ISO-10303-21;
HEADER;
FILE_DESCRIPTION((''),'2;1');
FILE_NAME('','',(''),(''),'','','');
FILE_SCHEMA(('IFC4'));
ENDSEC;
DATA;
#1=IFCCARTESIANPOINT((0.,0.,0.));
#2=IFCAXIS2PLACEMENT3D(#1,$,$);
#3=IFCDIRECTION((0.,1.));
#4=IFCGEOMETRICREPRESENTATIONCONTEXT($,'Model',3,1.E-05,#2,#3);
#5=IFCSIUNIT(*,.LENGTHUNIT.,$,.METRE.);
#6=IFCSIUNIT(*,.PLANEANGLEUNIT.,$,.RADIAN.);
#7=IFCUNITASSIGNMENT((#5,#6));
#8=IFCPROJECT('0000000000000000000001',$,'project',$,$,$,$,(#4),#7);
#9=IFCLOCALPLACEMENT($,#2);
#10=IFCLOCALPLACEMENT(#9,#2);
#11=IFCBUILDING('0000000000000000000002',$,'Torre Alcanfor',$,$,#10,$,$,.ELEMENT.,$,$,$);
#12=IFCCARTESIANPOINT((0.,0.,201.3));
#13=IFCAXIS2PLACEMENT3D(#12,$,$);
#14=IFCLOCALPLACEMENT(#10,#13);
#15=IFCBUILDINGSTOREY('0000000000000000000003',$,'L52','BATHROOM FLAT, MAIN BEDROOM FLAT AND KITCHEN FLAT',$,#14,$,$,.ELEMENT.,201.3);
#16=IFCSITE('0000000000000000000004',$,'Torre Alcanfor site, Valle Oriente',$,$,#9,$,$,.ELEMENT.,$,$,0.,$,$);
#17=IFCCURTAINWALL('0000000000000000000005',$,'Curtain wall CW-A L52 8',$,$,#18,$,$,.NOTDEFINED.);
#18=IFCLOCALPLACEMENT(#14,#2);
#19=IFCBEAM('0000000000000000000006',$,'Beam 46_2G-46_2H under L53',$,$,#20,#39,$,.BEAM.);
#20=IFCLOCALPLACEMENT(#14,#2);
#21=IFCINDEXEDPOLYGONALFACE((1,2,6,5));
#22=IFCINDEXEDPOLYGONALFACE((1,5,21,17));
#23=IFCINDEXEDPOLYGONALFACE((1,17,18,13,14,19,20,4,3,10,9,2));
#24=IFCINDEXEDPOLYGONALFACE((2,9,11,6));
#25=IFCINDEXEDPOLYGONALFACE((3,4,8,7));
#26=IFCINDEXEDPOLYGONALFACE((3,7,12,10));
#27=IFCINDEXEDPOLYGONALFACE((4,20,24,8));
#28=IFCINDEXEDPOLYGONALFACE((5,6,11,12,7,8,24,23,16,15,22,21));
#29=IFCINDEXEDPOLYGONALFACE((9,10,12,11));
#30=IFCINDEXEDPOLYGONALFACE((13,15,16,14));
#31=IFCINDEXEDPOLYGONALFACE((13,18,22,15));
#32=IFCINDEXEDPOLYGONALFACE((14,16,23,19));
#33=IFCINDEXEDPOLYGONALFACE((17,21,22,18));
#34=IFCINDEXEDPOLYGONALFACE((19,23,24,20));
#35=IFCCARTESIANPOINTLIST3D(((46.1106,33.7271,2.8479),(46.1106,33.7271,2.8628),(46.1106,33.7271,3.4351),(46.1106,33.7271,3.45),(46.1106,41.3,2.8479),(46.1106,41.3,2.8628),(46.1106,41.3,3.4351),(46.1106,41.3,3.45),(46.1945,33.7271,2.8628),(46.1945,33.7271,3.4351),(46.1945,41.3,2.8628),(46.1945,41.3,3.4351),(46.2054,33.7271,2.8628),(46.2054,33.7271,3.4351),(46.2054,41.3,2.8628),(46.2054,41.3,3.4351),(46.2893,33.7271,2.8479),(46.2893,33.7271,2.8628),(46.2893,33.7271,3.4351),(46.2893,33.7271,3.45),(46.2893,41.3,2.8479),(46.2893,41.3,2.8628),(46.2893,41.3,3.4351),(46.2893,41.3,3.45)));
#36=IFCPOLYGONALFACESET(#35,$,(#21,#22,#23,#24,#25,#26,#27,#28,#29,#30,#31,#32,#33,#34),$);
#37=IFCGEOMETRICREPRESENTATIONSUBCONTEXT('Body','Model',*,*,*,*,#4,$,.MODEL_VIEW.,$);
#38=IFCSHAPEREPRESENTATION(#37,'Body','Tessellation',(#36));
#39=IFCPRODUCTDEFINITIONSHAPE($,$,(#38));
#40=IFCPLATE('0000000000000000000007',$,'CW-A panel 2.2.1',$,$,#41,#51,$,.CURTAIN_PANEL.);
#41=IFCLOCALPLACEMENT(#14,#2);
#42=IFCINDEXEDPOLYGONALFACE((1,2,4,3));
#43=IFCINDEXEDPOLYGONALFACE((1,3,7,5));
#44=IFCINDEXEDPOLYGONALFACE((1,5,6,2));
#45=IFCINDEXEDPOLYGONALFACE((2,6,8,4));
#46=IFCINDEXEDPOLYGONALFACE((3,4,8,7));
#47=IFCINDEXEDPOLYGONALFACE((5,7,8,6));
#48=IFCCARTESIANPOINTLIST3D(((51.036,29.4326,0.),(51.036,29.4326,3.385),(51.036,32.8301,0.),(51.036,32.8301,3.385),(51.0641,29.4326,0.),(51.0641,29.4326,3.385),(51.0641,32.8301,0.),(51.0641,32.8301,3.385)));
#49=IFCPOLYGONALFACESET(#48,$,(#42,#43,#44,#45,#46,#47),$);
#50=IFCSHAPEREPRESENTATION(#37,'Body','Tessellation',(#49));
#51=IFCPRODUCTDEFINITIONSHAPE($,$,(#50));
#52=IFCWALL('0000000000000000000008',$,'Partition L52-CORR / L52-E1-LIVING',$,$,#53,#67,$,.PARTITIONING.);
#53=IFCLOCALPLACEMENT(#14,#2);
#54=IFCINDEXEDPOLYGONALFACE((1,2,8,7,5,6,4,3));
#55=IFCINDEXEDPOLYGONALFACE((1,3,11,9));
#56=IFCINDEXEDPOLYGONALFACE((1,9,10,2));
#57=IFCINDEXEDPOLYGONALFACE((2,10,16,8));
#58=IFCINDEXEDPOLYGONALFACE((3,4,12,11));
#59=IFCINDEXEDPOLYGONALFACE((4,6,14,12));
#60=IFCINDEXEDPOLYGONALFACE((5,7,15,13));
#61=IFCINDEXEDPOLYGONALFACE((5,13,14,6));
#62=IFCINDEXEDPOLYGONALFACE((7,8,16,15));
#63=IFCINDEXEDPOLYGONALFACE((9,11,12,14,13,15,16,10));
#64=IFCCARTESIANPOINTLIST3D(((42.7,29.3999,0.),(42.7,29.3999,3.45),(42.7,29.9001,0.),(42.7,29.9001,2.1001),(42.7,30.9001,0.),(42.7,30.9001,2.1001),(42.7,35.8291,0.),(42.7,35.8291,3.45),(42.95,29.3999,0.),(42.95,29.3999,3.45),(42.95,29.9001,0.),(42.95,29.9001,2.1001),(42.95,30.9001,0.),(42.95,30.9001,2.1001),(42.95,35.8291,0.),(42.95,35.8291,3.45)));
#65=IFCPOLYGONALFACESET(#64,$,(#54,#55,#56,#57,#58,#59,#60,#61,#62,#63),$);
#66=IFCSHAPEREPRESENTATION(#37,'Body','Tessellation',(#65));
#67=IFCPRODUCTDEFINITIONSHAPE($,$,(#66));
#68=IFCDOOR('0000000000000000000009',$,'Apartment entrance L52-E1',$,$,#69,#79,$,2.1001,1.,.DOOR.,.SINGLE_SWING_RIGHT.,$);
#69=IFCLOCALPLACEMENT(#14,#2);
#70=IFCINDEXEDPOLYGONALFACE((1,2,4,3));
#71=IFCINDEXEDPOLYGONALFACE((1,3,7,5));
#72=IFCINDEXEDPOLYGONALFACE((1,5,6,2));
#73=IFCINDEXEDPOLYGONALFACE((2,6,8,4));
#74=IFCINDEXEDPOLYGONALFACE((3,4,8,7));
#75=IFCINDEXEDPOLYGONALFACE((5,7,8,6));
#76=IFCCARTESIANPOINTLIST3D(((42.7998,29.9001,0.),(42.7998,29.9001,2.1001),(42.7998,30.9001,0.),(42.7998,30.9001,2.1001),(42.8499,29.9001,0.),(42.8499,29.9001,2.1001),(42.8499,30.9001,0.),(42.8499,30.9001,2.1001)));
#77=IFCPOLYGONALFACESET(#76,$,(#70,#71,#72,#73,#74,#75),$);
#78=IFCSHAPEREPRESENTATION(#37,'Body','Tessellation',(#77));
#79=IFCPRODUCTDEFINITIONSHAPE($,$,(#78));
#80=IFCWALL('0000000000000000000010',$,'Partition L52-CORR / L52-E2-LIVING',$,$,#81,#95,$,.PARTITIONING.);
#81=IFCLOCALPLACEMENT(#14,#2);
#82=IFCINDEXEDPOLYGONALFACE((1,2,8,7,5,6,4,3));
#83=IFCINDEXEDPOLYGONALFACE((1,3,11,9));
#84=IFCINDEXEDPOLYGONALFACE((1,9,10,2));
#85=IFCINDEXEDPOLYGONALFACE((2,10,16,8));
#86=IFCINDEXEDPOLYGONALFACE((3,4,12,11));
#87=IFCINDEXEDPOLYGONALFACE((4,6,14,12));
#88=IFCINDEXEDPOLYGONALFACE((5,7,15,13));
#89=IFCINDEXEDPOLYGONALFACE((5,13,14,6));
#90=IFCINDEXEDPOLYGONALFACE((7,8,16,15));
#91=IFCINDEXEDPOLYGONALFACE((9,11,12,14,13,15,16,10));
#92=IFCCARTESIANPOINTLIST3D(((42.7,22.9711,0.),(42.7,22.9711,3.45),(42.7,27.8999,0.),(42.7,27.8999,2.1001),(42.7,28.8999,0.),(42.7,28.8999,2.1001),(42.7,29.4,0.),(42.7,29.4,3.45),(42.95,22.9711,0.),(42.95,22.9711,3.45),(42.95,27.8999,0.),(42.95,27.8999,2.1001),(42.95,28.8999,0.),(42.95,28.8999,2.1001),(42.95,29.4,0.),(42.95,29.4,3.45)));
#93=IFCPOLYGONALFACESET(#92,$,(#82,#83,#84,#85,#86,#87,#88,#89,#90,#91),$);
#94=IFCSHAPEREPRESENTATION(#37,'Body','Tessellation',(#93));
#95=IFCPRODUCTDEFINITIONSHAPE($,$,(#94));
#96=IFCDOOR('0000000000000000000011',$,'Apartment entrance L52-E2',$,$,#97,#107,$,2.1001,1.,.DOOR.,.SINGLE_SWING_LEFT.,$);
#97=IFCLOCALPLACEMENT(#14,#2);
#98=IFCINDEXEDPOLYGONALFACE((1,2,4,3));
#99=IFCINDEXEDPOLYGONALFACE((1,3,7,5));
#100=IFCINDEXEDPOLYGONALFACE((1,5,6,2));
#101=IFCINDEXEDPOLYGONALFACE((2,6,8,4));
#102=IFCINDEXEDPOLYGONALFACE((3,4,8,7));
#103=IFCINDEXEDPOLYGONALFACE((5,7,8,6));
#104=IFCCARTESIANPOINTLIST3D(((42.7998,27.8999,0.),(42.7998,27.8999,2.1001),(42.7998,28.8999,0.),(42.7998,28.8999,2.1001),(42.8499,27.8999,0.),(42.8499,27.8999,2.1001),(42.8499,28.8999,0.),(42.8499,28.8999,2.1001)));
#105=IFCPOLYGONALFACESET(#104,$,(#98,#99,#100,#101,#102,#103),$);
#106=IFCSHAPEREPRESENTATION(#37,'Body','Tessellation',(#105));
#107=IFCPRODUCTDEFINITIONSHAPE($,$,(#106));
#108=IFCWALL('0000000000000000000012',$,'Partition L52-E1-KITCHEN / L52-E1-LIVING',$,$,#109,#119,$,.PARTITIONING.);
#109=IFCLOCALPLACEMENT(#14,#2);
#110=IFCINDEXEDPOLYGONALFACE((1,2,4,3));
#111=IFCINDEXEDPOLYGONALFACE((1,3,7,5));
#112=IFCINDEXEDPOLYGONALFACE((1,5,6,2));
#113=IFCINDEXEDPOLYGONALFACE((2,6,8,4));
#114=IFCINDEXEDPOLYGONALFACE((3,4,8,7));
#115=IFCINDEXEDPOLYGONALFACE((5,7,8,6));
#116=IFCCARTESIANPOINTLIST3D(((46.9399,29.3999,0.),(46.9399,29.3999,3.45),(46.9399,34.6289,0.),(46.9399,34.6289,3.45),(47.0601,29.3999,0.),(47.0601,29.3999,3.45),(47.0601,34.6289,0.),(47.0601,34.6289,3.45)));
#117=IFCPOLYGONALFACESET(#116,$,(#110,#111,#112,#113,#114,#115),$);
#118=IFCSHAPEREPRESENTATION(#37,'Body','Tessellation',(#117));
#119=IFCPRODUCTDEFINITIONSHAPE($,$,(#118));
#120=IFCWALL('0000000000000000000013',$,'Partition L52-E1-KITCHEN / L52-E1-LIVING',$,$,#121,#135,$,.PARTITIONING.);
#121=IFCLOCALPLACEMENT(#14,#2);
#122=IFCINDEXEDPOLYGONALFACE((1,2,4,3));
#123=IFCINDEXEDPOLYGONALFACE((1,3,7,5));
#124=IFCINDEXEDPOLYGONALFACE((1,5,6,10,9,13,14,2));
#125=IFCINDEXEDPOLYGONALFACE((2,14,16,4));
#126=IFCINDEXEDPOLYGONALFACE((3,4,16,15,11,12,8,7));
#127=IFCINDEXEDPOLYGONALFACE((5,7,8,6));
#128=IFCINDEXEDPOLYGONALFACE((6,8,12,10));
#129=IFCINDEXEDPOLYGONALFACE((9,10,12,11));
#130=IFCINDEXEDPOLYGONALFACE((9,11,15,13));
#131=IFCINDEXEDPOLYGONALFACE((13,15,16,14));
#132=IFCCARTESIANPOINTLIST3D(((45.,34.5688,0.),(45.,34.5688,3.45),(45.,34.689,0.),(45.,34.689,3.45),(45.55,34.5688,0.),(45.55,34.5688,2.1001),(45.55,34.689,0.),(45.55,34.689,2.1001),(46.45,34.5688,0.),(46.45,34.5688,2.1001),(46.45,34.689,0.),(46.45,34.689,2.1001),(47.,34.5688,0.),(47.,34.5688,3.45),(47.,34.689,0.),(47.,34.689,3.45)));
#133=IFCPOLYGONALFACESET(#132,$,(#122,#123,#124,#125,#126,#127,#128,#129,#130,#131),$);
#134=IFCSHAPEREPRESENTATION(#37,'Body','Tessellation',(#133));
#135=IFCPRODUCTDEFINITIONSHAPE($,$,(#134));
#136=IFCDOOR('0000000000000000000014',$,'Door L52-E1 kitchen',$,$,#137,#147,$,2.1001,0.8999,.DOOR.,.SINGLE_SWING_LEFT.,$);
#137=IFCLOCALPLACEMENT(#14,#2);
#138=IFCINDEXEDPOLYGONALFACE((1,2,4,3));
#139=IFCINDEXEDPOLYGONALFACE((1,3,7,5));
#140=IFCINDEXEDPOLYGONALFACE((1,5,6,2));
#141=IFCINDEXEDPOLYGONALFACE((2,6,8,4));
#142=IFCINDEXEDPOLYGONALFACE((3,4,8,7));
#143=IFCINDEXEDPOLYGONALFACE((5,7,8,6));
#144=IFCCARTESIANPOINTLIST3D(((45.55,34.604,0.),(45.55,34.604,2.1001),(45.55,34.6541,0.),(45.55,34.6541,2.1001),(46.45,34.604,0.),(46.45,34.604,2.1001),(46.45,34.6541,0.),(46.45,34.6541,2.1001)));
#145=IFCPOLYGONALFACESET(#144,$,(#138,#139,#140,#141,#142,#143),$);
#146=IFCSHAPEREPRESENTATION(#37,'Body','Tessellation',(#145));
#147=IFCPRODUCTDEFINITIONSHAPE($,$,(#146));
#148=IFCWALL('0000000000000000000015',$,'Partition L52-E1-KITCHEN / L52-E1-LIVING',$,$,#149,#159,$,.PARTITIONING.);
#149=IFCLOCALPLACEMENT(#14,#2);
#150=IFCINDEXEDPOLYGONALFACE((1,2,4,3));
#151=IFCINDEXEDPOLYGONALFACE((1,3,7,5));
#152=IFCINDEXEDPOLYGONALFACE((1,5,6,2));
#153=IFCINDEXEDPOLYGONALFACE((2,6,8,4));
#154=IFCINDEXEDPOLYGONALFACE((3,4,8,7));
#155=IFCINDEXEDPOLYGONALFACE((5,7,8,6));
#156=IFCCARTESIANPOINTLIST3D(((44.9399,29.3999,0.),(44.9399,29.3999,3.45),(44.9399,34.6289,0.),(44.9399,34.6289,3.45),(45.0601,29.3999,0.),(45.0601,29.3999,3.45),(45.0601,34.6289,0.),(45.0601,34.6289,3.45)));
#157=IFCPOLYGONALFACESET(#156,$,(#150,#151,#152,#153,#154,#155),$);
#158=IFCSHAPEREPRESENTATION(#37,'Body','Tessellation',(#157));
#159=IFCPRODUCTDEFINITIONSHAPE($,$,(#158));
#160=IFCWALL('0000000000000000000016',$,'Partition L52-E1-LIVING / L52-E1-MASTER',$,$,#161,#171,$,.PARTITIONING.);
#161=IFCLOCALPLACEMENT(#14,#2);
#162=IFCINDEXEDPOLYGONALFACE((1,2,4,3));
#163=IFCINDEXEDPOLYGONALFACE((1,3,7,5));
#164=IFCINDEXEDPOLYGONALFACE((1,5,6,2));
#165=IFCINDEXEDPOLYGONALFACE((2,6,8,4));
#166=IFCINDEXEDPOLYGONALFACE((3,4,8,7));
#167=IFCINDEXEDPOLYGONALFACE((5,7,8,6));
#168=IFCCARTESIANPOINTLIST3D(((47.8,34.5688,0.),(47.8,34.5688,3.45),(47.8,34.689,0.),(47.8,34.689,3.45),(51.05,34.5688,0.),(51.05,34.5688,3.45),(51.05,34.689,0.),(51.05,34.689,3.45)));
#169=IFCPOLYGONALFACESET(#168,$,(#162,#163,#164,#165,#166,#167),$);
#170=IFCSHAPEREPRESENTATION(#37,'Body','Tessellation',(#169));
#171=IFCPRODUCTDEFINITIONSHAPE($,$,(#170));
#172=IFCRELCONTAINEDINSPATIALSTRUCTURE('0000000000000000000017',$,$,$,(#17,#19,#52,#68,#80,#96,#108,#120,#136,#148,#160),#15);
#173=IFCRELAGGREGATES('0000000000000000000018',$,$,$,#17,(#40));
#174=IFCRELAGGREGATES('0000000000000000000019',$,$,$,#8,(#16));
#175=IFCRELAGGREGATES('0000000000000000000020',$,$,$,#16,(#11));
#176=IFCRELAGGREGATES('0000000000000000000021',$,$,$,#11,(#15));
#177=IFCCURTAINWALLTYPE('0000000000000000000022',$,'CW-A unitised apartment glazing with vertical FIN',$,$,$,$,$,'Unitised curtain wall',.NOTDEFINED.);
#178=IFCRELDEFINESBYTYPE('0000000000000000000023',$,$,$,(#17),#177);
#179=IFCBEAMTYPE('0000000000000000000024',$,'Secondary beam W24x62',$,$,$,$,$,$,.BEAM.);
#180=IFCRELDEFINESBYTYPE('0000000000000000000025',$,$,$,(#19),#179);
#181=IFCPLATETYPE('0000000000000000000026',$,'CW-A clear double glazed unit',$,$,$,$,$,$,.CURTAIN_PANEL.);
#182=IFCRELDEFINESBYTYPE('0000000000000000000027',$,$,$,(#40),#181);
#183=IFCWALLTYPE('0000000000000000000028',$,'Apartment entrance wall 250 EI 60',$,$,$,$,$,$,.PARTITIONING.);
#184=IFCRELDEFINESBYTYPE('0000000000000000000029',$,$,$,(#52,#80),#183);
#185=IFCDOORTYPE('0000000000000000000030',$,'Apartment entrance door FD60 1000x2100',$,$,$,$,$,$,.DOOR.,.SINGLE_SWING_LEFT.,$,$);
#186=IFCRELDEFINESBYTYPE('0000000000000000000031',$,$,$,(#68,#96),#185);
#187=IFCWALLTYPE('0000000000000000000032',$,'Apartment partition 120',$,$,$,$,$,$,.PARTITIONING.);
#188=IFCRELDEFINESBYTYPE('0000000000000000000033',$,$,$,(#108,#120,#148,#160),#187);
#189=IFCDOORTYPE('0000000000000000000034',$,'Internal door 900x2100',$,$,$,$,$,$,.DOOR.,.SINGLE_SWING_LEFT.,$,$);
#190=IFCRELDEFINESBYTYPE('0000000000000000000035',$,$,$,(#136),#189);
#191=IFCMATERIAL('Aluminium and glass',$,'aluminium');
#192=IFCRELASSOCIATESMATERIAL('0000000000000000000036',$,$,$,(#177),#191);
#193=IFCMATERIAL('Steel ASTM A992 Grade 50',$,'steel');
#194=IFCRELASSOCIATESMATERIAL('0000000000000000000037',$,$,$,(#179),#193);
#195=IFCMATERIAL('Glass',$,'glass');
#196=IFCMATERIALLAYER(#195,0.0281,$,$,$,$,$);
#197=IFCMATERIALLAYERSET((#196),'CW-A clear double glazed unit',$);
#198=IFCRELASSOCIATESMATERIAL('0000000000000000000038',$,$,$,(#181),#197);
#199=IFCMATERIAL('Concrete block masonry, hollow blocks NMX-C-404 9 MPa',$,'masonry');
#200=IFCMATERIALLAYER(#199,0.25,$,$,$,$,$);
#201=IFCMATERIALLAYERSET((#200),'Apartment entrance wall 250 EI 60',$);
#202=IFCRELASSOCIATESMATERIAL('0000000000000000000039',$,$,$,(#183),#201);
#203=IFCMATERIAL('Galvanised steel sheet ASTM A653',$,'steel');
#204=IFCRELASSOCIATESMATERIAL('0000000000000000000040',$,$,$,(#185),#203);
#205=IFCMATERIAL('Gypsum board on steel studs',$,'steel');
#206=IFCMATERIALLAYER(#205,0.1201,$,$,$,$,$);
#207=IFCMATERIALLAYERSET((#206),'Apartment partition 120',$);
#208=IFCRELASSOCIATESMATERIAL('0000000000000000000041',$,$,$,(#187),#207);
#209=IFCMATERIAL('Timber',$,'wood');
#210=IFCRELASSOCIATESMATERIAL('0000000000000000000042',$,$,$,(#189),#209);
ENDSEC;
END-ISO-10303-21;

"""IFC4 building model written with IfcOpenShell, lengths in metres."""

from ifc_helpers import new_model, si_unit, direction, frame, frame_2d, origin, origin_2d, place, context, subcontext, project, spatial, rectangle, i_section, extrude, material, layer, layer_set, material_profile, profile_set, type_object, element, fill, aggregate, save


model = new_model("IFC4")

# Units and contexts
model_context = context("Model", 3, precision=1e-05, world=origin(), true_north=direction((0.0, 1.0)))
body_context = subcontext(model_context, "Body", "Model", "MODEL_VIEW")
ifc_project = project(units=[si_unit("LENGTHUNIT", "METRE"), si_unit("PLANEANGLEUNIT", "RADIAN")], contexts=[model_context])

# Site, building, storey
site_placement = place(None, origin())
site = spatial("IfcSite", under=ifc_project, at=site_placement, Name="Torre Alcanfor site, Valle Oriente", CompositionType="ELEMENT", RefElevation=0.0)
building_placement = place(site_placement, origin())
building = spatial("IfcBuilding", under=site, at=building_placement, Name="Torre Alcanfor", CompositionType="ELEMENT")
storey_placement = place(building_placement, frame((0.0, 0.0, 201.3)))
storey = spatial("IfcBuildingStorey", under=building, at=storey_placement, Name="L52", Description="BATHROOM FLAT, MAIN BEDROOM FLAT AND KITCHEN FLAT", CompositionType="ELEMENT", Elevation=201.3)

# Curtain wall
ifc_material_1 = material(Name="Aluminium and glass", Category="aluminium")
curtain_wall_type = type_object("IfcCurtainWallType", Name="CW-A unitised apartment glazing with vertical FIN", ElementType="Unitised curtain wall", PredefinedType="NOTDEFINED", material=ifc_material_1)
curtain_wall_placement = place(storey_placement, origin())
curtain_wall = element("IfcCurtainWall", 1, at=curtain_wall_placement, inside=storey, type_object=curtain_wall_type, Name="Curtain wall CW-A L52 8", PredefinedType="NOTDEFINED")

# Beam
ifc_material_2 = material(Name="Steel ASTM A992 Grade 50", Category="steel")
ifc_material_profile_1 = material_profile(ifc_material_2, i_section(OverallWidth=0.1787, OverallDepth=0.6021, WebThickness=0.011, FlangeThickness=0.0149, at=origin_2d()), Name="W24x62")
ifc_profile_set_1 = profile_set([ifc_material_profile_1], Name="Steel ASTM A992 Grade 50")
beam_type_1 = type_object("IfcBeamType", Name="Secondary beam W24x62", PredefinedType="BEAM", material=ifc_profile_set_1)
beam_1_placement = place(storey_placement, frame((46.2, 33.7271, 3.1489), z_axis=(0.0, 1.0, 0.0), x_axis=(-1.0, 0.0, 0.0)))
element("IfcBeam", 2, at=beam_1_placement, inside=storey, type_object=beam_type_1, Name="Beam 46_2G-46_2H under L53", PredefinedType="BEAM", context=body_context, shape_type="SweptSolid", body=[
    extrude(i_section(OverallWidth=0.1787, OverallDepth=0.6021, WebThickness=0.011, FlangeThickness=0.0149, at=origin_2d()), origin(), (0.0, 0.0, 1.0), 7.573),
])

# Plate
ifc_material_3 = material(Name="Glass", Category="glass")
ifc_layer_1 = layer(ifc_material_3, 0.0281)
ifc_layer_set_1 = layer_set([ifc_layer_1], Name="CW-A clear double glazed unit")
plate_type = type_object("IfcPlateType", Name="CW-A clear double glazed unit", PredefinedType="CURTAIN_PANEL", material=ifc_layer_set_1)
plate_placement = place(storey_placement, frame((51.05, 31.1313, 0.0), z_axis=(0.0, 0.0, 1.0), x_axis=(0.0, 1.0, 0.0)))
plate = element("IfcPlate", 3, at=plate_placement, type_object=plate_type, Name="CW-A panel 2.2.1", PredefinedType="CURTAIN_PANEL", context=body_context, shape_type="SweptSolid", body=[
    extrude(rectangle(XDim=3.3975, YDim=0.0281, at=origin_2d()), origin(), (0.0, 0.0, 1.0), 3.385),
])
aggregate(curtain_wall, [plate])

# Walls, openings, doors
ifc_material_4 = material(Name="Concrete block masonry, hollow blocks NMX-C-404 9 MPa", Category="masonry")
ifc_layer_2 = layer(ifc_material_4, 0.25)
ifc_layer_set_2 = layer_set([ifc_layer_2], Name="Apartment entrance wall 250 EI 60")
wall_type_1 = type_object("IfcWallType", Name="Apartment entrance wall 250 EI 60", PredefinedType="PARTITIONING", material=ifc_layer_set_2)
wall_1_placement = place(storey_placement, frame((42.825, 35.8291, 0.0), z_axis=(0.0, 0.0, 1.0), x_axis=(0.0, -1.0, 0.0)))
wall_1 = element("IfcWall", 4, at=wall_1_placement, inside=storey, type_object=wall_type_1, Name="Partition L52-CORR / L52-E1-LIVING", PredefinedType="PARTITIONING", context=body_context, shape_type="SweptSolid", body=[
    extrude(rectangle(XDim=6.4292, YDim=0.25, at=frame_2d((3.2146, 0.0))), origin(), (0.0, 0.0, 1.0), 3.45),
])
opening_1_placement = place(wall_1_placement, frame((4.929, 0.0, 0.0)))
opening_1 = element("IfcOpeningElement", 5, at=opening_1_placement, cuts=wall_1, PredefinedType="OPENING", context=body_context, shape_type="SweptSolid", body=[
    extrude(rectangle(XDim=1.0, YDim=2.1001, at=frame_2d((0.5, 1.05))), frame((0.0, 0.135, 0.0), z_axis=(0.0, -1.0, 0.0), x_axis=(1.0, 0.0, 0.0)), (0.0, 0.0, 1.0), 0.27),
])
ifc_material_5 = material(Name="Galvanised steel sheet ASTM A653", Category="steel")
door_type_1 = type_object("IfcDoorType", Name="Apartment entrance door FD60 1000x2100", OperationType="SINGLE_SWING_LEFT", PredefinedType="DOOR", material=ifc_material_5)
door_1_placement = place(opening_1_placement, origin())
door_1 = element("IfcDoor", 6, at=door_1_placement, inside=storey, type_object=door_type_1, Name="Apartment entrance L52-E1", OperationType="SINGLE_SWING_RIGHT", OverallHeight=2.1001, OverallWidth=1.0, PredefinedType="DOOR", context=body_context, shape_type="SweptSolid", body=[
    extrude(rectangle(XDim=1.0, YDim=2.1001, at=frame_2d((0.5, 1.05))), frame((0.0, 0.0249, 0.0), z_axis=(0.0, -1.0, 0.0), x_axis=(1.0, 0.0, 0.0)), (0.0, 0.0, 1.0), 0.05),
])
fill(opening_1, door_1)
wall_2_placement = place(storey_placement, frame((42.825, 29.3999, 0.0), z_axis=(0.0, 0.0, 1.0), x_axis=(0.0, -1.0, 0.0)))
wall_2 = element("IfcWall", 7, at=wall_2_placement, inside=storey, type_object=wall_type_1, Name="Partition L52-CORR / L52-E2-LIVING", PredefinedType="PARTITIONING", context=body_context, shape_type="SweptSolid", body=[
    extrude(rectangle(XDim=6.429, YDim=0.25, at=frame_2d((3.2144, 0.0))), origin(), (0.0, 0.0, 1.0), 3.45),
])
opening_2_placement = place(wall_2_placement, frame((0.5, 0.0, 0.0)))
opening_2 = element("IfcOpeningElement", 8, at=opening_2_placement, cuts=wall_2, PredefinedType="OPENING", context=body_context, shape_type="SweptSolid", body=[
    extrude(rectangle(XDim=1.0, YDim=2.1001, at=frame_2d((0.5, 1.05))), frame((0.0, 0.135, 0.0), z_axis=(0.0, -1.0, 0.0), x_axis=(1.0, 0.0, 0.0)), (0.0, 0.0, 1.0), 0.27),
])
door_2_placement = place(opening_2_placement, origin())
door_2 = element("IfcDoor", 9, at=door_2_placement, inside=storey, type_object=door_type_1, Name="Apartment entrance L52-E2", OperationType="SINGLE_SWING_LEFT", OverallHeight=2.1001, OverallWidth=1.0, PredefinedType="DOOR", context=body_context, shape_type="SweptSolid", body=[
    extrude(rectangle(XDim=1.0, YDim=2.1001, at=frame_2d((0.5, 1.05))), frame((0.0, 0.0249, 0.0), z_axis=(0.0, -1.0, 0.0), x_axis=(1.0, 0.0, 0.0)), (0.0, 0.0, 1.0), 0.05),
])
fill(opening_2, door_2)

# Wall
ifc_material_6 = material(Name="Gypsum board on steel studs", Category="steel")
ifc_layer_3 = layer(ifc_material_6, 0.1201)
ifc_layer_set_3 = layer_set([ifc_layer_3], Name="Apartment partition 120")
wall_type_2 = type_object("IfcWallType", Name="Apartment partition 120", PredefinedType="PARTITIONING", material=ifc_layer_set_3)
wall_3_placement = place(storey_placement, frame((47.0, 29.3999, 0.0), z_axis=(0.0, 0.0, 1.0), x_axis=(0.0, 1.0, 0.0)))
element("IfcWall", 10, at=wall_3_placement, inside=storey, type_object=wall_type_2, Name="Partition L52-E1-KITCHEN / L52-E1-LIVING", PredefinedType="PARTITIONING", context=body_context, shape_type="SweptSolid", body=[
    extrude(rectangle(XDim=5.229, YDim=0.1201, at=frame_2d((2.6145, 0.0))), origin(), (0.0, 0.0, 1.0), 3.45),
])

# Wall, opening, door
wall_4_placement = place(storey_placement, frame((47.0, 34.6289, 0.0), z_axis=(0.0, 0.0, 1.0), x_axis=(-1.0, 0.0, 0.0)))
wall_4 = element("IfcWall", 11, at=wall_4_placement, inside=storey, type_object=wall_type_2, Name="Partition L52-E1-KITCHEN / L52-E1-LIVING", PredefinedType="PARTITIONING", context=body_context, shape_type="SweptSolid", body=[
    extrude(rectangle(XDim=2.0, YDim=0.1201, at=frame_2d((1.0, 0.0))), origin(), (0.0, 0.0, 1.0), 3.45),
])
opening_3_placement = place(wall_4_placement, frame((0.55, 0.0, 0.0)))
opening_3 = element("IfcOpeningElement", 12, at=opening_3_placement, cuts=wall_4, PredefinedType="OPENING", context=body_context, shape_type="SweptSolid", body=[
    extrude(rectangle(XDim=0.8999, YDim=2.1001, at=frame_2d((0.45, 1.05))), frame((0.0, 0.0701, 0.0), z_axis=(0.0, -1.0, 0.0), x_axis=(1.0, 0.0, 0.0)), (0.0, 0.0, 1.0), 0.1401),
])
ifc_material_7 = material(Name="Timber", Category="wood")
door_type_2 = type_object("IfcDoorType", Name="Internal door 900x2100", OperationType="SINGLE_SWING_LEFT", PredefinedType="DOOR", material=ifc_material_7)
door_3_placement = place(opening_3_placement, origin())
door_3 = element("IfcDoor", 13, at=door_3_placement, inside=storey, type_object=door_type_2, Name="Door L52-E1 kitchen", OperationType="SINGLE_SWING_LEFT", OverallHeight=2.1001, OverallWidth=0.8999, PredefinedType="DOOR", context=body_context, shape_type="SweptSolid", body=[
    extrude(rectangle(XDim=0.8999, YDim=2.1001, at=frame_2d((0.45, 1.05))), frame((0.0, 0.0249, 0.0), z_axis=(0.0, -1.0, 0.0), x_axis=(1.0, 0.0, 0.0)), (0.0, 0.0, 1.0), 0.05),
])
fill(opening_3, door_3)

# Walls
wall_5_placement = place(storey_placement, frame((45.0, 34.6289, 0.0), z_axis=(0.0, 0.0, 1.0), x_axis=(0.0, -1.0, 0.0)))
element("IfcWall", 14, at=wall_5_placement, inside=storey, type_object=wall_type_2, Name="Partition L52-E1-KITCHEN / L52-E1-LIVING", PredefinedType="PARTITIONING", context=body_context, shape_type="SweptSolid", body=[
    extrude(rectangle(XDim=5.229, YDim=0.1201, at=frame_2d((2.6145, 0.0))), origin(), (0.0, 0.0, 1.0), 3.45),
])
wall_6_placement = place(storey_placement, frame((47.8, 34.6289, 0.0), z_axis=(0.0, 0.0, 1.0), x_axis=(1.0, 0.0, 0.0)))
element("IfcWall", 15, at=wall_6_placement, inside=storey, type_object=wall_type_2, Name="Partition L52-E1-LIVING / L52-E1-MASTER", PredefinedType="PARTITIONING", context=body_context, shape_type="SweptSolid", body=[
    extrude(rectangle(XDim=3.25, YDim=0.1201, at=frame_2d((1.625, 0.0))), origin(), (0.0, 0.0, 1.0), 3.45),
])

save(model, "model.ifc")
